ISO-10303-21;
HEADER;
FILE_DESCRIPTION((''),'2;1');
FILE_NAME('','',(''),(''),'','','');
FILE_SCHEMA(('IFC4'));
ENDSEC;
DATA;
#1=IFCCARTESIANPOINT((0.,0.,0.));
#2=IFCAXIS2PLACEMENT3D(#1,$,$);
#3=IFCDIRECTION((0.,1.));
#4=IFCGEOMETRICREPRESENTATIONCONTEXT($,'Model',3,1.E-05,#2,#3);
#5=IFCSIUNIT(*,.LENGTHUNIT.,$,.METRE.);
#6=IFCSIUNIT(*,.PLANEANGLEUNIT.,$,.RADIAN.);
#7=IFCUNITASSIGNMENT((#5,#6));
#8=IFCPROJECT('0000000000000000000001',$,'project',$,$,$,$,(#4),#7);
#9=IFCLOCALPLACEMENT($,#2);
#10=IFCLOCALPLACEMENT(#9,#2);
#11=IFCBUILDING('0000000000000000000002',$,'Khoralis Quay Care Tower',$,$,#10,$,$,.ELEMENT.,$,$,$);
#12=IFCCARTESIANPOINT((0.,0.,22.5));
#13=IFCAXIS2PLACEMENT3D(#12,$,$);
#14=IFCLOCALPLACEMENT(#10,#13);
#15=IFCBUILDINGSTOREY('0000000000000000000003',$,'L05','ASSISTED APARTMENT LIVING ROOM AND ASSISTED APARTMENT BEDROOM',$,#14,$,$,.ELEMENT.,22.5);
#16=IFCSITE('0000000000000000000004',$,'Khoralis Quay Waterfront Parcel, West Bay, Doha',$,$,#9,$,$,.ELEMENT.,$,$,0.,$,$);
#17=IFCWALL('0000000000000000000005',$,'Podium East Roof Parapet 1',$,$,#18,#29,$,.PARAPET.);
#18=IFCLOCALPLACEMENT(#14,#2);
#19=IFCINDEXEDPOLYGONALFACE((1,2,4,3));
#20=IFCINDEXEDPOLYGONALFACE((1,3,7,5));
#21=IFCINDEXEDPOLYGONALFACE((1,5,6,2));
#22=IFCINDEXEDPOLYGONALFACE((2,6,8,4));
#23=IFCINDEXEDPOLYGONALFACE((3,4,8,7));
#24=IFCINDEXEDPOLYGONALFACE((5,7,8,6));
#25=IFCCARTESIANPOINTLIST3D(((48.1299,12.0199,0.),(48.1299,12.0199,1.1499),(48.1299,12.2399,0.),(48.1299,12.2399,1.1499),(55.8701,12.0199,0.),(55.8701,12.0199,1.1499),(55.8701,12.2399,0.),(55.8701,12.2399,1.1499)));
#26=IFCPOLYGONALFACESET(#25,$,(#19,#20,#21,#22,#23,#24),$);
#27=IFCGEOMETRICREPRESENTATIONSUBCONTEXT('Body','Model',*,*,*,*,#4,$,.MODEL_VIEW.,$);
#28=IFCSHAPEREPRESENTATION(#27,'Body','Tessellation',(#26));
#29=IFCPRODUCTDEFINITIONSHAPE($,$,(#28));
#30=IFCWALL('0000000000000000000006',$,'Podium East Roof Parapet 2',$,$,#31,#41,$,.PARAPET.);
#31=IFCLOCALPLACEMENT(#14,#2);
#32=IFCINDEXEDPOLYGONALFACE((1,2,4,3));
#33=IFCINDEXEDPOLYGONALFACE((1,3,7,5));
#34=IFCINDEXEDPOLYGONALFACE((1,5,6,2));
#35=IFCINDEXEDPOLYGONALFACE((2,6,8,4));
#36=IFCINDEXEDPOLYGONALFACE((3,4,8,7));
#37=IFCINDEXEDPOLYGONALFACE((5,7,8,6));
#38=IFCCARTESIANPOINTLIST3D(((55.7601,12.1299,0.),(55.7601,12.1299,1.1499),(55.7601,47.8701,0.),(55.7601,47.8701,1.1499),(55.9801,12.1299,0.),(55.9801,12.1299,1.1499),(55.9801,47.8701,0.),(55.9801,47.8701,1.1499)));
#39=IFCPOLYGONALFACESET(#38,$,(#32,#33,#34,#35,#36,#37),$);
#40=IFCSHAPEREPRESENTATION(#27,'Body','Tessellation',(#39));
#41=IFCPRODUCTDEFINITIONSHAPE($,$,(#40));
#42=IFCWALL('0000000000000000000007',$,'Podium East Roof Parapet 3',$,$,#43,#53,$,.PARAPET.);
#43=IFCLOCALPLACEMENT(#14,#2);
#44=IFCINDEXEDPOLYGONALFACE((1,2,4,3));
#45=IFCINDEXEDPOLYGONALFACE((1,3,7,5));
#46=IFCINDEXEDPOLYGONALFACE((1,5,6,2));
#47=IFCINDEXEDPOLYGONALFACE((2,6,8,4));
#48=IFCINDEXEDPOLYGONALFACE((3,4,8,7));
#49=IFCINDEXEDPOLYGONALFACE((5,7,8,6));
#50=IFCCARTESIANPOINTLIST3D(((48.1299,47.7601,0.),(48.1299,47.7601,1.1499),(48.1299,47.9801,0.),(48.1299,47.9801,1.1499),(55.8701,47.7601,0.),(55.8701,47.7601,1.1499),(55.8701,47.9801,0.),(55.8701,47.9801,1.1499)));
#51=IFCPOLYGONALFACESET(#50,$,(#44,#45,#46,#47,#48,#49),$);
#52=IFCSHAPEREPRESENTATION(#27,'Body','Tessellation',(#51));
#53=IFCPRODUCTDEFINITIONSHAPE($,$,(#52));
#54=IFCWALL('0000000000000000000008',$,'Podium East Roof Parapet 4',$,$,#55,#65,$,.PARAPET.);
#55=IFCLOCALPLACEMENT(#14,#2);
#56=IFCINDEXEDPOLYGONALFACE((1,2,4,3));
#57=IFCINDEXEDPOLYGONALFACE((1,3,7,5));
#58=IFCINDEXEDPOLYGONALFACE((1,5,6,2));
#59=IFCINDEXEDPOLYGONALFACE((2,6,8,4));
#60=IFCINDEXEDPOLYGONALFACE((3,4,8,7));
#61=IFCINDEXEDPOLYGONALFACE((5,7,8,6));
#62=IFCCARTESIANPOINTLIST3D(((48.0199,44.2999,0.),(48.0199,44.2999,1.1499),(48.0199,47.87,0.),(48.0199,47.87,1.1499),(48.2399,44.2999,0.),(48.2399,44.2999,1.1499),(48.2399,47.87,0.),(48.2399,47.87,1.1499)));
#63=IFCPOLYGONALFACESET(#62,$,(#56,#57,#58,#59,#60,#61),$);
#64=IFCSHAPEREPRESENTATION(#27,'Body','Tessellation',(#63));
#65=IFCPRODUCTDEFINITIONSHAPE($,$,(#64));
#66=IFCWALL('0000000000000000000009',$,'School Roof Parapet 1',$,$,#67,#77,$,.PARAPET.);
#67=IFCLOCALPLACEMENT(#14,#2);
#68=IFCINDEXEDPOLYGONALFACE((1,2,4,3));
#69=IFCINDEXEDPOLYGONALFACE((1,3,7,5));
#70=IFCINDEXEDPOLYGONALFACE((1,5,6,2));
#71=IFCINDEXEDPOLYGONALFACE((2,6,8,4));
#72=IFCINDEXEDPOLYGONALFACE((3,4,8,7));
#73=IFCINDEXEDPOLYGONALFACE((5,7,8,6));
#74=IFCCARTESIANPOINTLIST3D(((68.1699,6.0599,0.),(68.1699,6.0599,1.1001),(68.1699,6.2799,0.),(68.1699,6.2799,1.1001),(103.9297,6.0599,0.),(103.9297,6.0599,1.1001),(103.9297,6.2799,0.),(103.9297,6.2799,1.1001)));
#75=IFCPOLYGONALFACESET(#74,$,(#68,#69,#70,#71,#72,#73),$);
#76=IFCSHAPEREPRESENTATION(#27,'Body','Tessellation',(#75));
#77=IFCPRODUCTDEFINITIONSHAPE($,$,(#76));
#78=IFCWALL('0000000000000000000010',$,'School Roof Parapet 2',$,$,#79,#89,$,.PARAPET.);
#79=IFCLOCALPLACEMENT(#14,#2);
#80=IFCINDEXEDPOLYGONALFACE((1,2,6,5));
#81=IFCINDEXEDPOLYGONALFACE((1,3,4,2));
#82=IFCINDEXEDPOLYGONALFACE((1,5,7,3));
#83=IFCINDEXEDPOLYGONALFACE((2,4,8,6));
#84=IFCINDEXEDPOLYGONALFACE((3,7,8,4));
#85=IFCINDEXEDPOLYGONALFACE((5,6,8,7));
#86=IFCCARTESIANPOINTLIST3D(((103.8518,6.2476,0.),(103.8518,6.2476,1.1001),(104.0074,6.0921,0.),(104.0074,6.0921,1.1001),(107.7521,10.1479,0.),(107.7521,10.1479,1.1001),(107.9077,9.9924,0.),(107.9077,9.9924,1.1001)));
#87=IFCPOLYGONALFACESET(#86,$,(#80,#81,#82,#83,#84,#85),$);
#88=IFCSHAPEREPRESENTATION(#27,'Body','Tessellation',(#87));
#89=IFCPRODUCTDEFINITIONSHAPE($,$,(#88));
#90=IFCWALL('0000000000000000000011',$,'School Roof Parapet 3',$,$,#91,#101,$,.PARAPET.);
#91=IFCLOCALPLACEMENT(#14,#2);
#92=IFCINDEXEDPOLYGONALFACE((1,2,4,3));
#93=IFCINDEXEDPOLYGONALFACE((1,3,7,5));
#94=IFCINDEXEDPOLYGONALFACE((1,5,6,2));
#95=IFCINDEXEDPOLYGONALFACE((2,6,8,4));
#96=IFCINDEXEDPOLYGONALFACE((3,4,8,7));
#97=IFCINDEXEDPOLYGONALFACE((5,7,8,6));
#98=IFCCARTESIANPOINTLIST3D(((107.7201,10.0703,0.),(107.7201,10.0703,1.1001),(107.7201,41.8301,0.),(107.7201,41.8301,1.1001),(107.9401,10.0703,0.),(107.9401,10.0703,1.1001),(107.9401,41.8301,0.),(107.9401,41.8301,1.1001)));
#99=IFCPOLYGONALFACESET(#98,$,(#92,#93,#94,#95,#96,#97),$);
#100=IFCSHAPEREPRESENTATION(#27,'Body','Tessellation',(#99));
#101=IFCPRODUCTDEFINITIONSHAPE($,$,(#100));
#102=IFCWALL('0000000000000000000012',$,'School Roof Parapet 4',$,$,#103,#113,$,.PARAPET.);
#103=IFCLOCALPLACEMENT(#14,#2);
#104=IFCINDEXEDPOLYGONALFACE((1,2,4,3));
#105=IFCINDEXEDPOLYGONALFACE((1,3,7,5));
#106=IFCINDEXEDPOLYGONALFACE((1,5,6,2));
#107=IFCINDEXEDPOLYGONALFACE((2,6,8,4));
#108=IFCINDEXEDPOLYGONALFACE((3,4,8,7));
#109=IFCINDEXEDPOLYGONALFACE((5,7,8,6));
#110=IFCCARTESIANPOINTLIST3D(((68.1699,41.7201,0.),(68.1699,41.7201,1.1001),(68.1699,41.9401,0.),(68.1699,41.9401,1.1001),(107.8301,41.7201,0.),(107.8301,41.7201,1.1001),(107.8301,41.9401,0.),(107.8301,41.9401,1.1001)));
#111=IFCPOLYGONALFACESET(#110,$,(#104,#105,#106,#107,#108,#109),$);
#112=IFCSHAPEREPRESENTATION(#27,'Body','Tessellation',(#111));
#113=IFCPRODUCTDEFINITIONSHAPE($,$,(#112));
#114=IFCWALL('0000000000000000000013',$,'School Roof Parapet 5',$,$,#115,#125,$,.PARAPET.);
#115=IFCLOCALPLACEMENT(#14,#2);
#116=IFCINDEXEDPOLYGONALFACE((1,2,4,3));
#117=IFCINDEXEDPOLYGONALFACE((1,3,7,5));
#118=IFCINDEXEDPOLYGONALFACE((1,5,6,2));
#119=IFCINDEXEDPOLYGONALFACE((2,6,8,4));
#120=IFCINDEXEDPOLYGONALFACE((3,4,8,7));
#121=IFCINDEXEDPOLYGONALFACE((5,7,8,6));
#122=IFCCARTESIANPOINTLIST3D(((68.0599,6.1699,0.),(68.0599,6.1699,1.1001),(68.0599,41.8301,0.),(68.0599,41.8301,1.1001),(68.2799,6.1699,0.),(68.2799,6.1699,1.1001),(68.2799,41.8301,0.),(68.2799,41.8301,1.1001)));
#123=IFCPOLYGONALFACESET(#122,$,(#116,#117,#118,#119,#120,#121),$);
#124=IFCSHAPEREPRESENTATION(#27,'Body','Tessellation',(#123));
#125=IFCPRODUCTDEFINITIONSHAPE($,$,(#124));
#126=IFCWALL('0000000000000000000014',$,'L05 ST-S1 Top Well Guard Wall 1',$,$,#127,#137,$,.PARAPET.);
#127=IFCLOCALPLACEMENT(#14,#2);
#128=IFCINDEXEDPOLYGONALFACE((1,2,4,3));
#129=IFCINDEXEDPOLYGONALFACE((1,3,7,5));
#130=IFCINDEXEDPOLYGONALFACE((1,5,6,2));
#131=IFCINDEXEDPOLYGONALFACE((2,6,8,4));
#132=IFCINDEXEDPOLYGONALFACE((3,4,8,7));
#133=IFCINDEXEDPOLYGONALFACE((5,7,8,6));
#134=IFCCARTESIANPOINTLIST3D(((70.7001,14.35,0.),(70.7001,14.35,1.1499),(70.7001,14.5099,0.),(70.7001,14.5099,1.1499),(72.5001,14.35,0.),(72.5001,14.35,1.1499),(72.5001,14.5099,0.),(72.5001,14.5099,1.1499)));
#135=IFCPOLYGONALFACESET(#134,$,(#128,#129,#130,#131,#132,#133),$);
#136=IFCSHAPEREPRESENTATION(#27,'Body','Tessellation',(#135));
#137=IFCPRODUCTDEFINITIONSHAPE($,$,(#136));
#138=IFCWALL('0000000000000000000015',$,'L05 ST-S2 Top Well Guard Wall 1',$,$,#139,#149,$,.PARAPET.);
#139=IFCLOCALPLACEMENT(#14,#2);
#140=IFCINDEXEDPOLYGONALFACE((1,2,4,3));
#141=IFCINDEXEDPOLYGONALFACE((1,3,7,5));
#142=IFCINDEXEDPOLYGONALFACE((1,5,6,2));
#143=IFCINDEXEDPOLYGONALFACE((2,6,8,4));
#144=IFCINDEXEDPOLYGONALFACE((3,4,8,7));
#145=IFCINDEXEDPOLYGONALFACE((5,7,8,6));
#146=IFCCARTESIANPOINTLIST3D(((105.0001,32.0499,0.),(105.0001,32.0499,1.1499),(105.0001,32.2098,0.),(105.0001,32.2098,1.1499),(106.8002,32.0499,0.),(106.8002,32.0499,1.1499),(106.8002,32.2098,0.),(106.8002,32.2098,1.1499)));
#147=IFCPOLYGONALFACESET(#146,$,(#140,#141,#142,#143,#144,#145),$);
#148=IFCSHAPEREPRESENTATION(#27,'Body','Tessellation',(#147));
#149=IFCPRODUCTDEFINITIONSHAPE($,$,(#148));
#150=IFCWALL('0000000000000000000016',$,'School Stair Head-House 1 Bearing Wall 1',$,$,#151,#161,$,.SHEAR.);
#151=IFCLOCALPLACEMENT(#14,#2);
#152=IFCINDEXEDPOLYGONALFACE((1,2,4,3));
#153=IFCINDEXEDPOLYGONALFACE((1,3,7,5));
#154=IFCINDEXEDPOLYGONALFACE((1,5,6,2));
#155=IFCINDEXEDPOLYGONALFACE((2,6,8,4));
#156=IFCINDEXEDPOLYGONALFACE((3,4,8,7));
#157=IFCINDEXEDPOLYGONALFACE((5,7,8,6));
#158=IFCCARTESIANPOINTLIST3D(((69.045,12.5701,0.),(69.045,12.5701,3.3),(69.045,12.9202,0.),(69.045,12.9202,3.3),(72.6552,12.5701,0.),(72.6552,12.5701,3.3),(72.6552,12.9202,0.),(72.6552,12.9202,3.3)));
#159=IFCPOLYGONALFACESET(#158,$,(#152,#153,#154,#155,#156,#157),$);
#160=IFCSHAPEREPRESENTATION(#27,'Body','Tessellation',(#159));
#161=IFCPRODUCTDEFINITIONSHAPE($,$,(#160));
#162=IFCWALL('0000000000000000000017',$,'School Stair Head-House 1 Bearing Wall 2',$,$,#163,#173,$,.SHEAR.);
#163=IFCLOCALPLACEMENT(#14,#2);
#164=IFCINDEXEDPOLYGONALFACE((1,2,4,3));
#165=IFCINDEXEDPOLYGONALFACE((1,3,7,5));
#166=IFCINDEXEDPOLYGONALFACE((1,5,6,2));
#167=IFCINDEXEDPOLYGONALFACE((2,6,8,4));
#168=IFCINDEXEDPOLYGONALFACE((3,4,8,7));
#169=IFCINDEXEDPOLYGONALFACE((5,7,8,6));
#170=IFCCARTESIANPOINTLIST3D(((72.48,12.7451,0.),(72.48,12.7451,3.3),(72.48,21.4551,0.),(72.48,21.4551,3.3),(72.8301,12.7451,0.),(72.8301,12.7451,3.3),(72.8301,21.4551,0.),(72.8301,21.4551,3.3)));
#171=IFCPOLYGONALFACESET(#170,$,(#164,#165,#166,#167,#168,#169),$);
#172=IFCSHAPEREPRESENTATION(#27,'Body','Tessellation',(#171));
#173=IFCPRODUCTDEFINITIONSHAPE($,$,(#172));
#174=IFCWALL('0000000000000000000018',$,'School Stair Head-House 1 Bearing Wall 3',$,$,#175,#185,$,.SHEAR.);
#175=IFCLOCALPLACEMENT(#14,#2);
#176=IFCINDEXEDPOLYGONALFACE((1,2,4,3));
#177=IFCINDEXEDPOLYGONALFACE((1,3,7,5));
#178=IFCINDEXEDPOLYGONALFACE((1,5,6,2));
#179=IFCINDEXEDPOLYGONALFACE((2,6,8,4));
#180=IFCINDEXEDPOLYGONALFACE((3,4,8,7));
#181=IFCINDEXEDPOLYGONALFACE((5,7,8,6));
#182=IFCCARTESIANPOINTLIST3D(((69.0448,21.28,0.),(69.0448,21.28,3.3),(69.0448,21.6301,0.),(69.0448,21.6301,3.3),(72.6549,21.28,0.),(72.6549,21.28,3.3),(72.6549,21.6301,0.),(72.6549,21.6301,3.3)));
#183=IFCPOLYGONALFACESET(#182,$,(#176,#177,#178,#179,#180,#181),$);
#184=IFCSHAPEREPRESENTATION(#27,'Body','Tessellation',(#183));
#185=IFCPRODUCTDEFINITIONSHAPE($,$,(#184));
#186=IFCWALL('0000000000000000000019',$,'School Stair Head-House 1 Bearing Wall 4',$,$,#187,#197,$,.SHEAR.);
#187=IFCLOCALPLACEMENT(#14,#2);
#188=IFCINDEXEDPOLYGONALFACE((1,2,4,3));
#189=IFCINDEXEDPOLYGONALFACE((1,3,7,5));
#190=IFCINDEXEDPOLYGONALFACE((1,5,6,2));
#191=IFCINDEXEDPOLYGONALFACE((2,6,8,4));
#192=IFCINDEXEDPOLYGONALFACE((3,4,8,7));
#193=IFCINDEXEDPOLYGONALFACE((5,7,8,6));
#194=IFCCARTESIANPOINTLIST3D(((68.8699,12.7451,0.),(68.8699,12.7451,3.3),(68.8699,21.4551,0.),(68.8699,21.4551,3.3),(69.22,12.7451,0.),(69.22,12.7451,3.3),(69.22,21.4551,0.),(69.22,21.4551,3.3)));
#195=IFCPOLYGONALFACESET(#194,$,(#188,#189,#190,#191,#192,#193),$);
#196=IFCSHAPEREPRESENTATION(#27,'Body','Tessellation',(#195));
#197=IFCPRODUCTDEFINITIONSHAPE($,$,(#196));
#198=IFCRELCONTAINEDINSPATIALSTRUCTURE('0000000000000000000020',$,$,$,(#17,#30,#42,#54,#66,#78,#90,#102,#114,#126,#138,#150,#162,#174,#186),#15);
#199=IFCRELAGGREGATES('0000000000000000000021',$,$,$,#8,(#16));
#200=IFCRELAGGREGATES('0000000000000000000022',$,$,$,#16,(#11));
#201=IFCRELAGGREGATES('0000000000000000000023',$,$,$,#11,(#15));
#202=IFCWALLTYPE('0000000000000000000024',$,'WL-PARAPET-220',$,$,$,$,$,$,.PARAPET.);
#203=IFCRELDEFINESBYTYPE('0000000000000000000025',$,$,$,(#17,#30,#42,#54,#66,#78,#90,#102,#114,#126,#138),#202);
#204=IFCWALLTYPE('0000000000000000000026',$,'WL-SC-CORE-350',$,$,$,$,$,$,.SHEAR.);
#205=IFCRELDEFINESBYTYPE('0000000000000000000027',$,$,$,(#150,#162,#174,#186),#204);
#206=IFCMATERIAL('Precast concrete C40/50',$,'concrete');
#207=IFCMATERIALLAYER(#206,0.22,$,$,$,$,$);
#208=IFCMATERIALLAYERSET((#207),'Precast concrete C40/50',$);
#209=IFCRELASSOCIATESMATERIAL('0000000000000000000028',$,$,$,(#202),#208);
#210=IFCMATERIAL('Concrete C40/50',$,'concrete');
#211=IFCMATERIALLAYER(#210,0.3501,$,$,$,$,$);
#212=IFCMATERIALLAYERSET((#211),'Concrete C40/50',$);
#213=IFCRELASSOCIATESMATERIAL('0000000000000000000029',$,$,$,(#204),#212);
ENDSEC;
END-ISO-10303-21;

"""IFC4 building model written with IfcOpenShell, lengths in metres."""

from ifc_helpers import new_model, si_unit, direction, frame, frame_2d, origin, place, context, subcontext, project, spatial, rectangle, extrude, material, layer, layer_set, type_object, element, save


model = new_model("IFC4")

# Units and contexts
model_context = context("Model", 3, precision=1e-05, world=origin(), true_north=direction((0.0, 1.0)))
body_context = subcontext(model_context, "Body", "Model", "MODEL_VIEW")
ifc_project = project(units=[si_unit("LENGTHUNIT", "METRE"), si_unit("PLANEANGLEUNIT", "RADIAN")], contexts=[model_context])

# Site, building, storey
site_placement = place(None, origin())
site = spatial("IfcSite", under=ifc_project, at=site_placement, Name="Khoralis Quay Waterfront Parcel, West Bay, Doha", CompositionType="ELEMENT", RefElevation=0.0)
building_placement = place(site_placement, origin())
building = spatial("IfcBuilding", under=site, at=building_placement, Name="Khoralis Quay Care Tower", CompositionType="ELEMENT")
storey_placement = place(building_placement, frame((0.0, 0.0, 22.5)))
storey = spatial("IfcBuildingStorey", under=building, at=storey_placement, Name="L05", Description="ASSISTED APARTMENT LIVING ROOM AND ASSISTED APARTMENT BEDROOM", CompositionType="ELEMENT", Elevation=22.5)

# Walls
ifc_material_1 = material(Name="Precast concrete C40/50", Category="concrete")
ifc_layer_1 = layer(ifc_material_1, 0.22)
ifc_layer_set_1 = layer_set([ifc_layer_1], Name="Precast concrete C40/50")
wall_type_1 = type_object("IfcWallType", Name="WL-PARAPET-220", PredefinedType="PARAPET", material=ifc_layer_set_1)
wall_1_placement = place(storey_placement, frame((48.1299, 12.1299, 0.0), z_axis=(0.0, 0.0, 1.0), x_axis=(1.0, 0.0, 0.0)))
element("IfcWall", 1, at=wall_1_placement, inside=storey, type_object=wall_type_1, Name="Podium East Roof Parapet 1", PredefinedType="PARAPET", context=body_context, shape_type="SweptSolid", body=[
    extrude(rectangle(XDim=7.7402, YDim=0.22, at=frame_2d((3.8701, 0.0))), origin(), (0.0, 0.0, 1.0), 1.1499),
])
wall_2_placement = place(storey_placement, frame((55.8701, 12.1299, 0.0), z_axis=(0.0, 0.0, 1.0), x_axis=(0.0, 1.0, 0.0)))
element("IfcWall", 2, at=wall_2_placement, inside=storey, type_object=wall_type_1, Name="Podium East Roof Parapet 2", PredefinedType="PARAPET", context=body_context, shape_type="SweptSolid", body=[
    extrude(rectangle(XDim=35.7402, YDim=0.22, at=frame_2d((17.8701, 0.0))), origin(), (0.0, 0.0, 1.0), 1.1499),
])
wall_3_placement = place(storey_placement, frame((55.8701, 47.8701, 0.0), z_axis=(0.0, 0.0, 1.0), x_axis=(-1.0, 0.0, 0.0)))
element("IfcWall", 3, at=wall_3_placement, inside=storey, type_object=wall_type_1, Name="Podium East Roof Parapet 3", PredefinedType="PARAPET", context=body_context, shape_type="SweptSolid", body=[
    extrude(rectangle(XDim=7.7402, YDim=0.22, at=frame_2d((3.8701, 0.0))), origin(), (0.0, 0.0, 1.0), 1.1499),
])
wall_4_placement = place(storey_placement, frame((48.1299, 47.8701, 0.0), z_axis=(0.0, 0.0, 1.0), x_axis=(0.0, -1.0, 0.0)))
element("IfcWall", 4, at=wall_4_placement, inside=storey, type_object=wall_type_1, Name="Podium East Roof Parapet 4", PredefinedType="PARAPET", context=body_context, shape_type="SweptSolid", body=[
    extrude(rectangle(XDim=3.5701, YDim=0.22, at=frame_2d((1.7852, 0.0))), origin(), (0.0, 0.0, 1.0), 1.1499),
])
wall_5_placement = place(storey_placement, frame((68.1699, 6.1699, 0.0), z_axis=(0.0, 0.0, 1.0), x_axis=(1.0, 0.0, 0.0)))
element("IfcWall", 5, at=wall_5_placement, inside=storey, type_object=wall_type_1, Name="School Roof Parapet 1", PredefinedType="PARAPET", context=body_context, shape_type="SweptSolid", body=[
    extrude(rectangle(XDim=35.7598, YDim=0.22, at=frame_2d((17.8799, 0.0))), origin(), (0.0, 0.0, 1.0), 1.1001),
])
wall_6_placement = place(storey_placement, frame((103.9297, 6.1699, 0.0), z_axis=(0.0, 0.0, 1.0), x_axis=(0.707107, 0.707107, 0.0)))
element("IfcWall", 6, at=wall_6_placement, inside=storey, type_object=wall_type_1, Name="School Roof Parapet 2", PredefinedType="PARAPET", context=body_context, shape_type="SweptSolid", body=[
    extrude(rectangle(XDim=5.5159, YDim=0.22, at=frame_2d((2.7578, 0.0))), origin(), (0.0, 0.0, 1.0), 1.1001),
])
wall_7_placement = place(storey_placement, frame((107.8301, 10.0703, 0.0), z_axis=(0.0, 0.0, 1.0), x_axis=(0.0, 1.0, 0.0)))
element("IfcWall", 7, at=wall_7_placement, inside=storey, type_object=wall_type_1, Name="School Roof Parapet 3", PredefinedType="PARAPET", context=body_context, shape_type="SweptSolid", body=[
    extrude(rectangle(XDim=31.7598, YDim=0.22, at=frame_2d((15.8799, 0.0))), origin(), (0.0, 0.0, 1.0), 1.1001),
])
wall_8_placement = place(storey_placement, frame((107.8301, 41.8301, 0.0), z_axis=(0.0, 0.0, 1.0), x_axis=(-1.0, 0.0, 0.0)))
element("IfcWall", 8, at=wall_8_placement, inside=storey, type_object=wall_type_1, Name="School Roof Parapet 4", PredefinedType="PARAPET", context=body_context, shape_type="SweptSolid", body=[
    extrude(rectangle(XDim=39.6602, YDim=0.22, at=frame_2d((19.8301, 0.0))), origin(), (0.0, 0.0, 1.0), 1.1001),
])
wall_9_placement = place(storey_placement, frame((68.1699, 41.8301, 0.0), z_axis=(0.0, 0.0, 1.0), x_axis=(0.0, -1.0, 0.0)))
element("IfcWall", 9, at=wall_9_placement, inside=storey, type_object=wall_type_1, Name="School Roof Parapet 5", PredefinedType="PARAPET", context=body_context, shape_type="SweptSolid", body=[
    extrude(rectangle(XDim=35.6602, YDim=0.22, at=frame_2d((17.8301, 0.0))), origin(), (0.0, 0.0, 1.0), 1.1001),
])
for number, where, z_axis, x_axis, name in (
    (10, (72.5, 14.4299, 0.0), (0.0, 0.0, 1.0), (-1.0, 0.0, 0.0), "L05 ST-S1 Top Well Guard Wall 1"),
    (11, (106.8, 32.1299, 0.0), (0.0, 0.0, 1.0), (-1.0, 0.0, 0.0), "L05 ST-S2 Top Well Guard Wall 1"),
):
    element("IfcWall", number, at=place(storey_placement, frame(where, z_axis=z_axis, x_axis=x_axis)), inside=storey, type_object=wall_type_1, Name=name, PredefinedType="PARAPET", context=body_context, shape_type="SweptSolid", body=[
        extrude(rectangle(XDim=1.8, YDim=0.1599, at=frame_2d((0.8999, 0.0))), origin(), (0.0, 0.0, 1.0), 1.1499),
    ])
ifc_material_2 = material(Name="Concrete C40/50", Category="concrete")
ifc_layer_2 = layer(ifc_material_2, 0.3501)
ifc_layer_set_2 = layer_set([ifc_layer_2], Name="Concrete C40/50")
wall_type_2 = type_object("IfcWallType", Name="WL-SC-CORE-350", PredefinedType="SHEAR", material=ifc_layer_set_2)
wall_10_placement = place(storey_placement, frame((69.0449, 12.7451, 0.0), z_axis=(0.0, 0.0, 1.0), x_axis=(1.0, 0.0, 0.0)))
element("IfcWall", 12, at=wall_10_placement, inside=storey, type_object=wall_type_2, Name="School Stair Head-House 1 Bearing Wall 1", PredefinedType="SHEAR", context=body_context, shape_type="SweptSolid", body=[
    extrude(rectangle(XDim=3.6101, YDim=0.3501, at=frame_2d((1.8052, 0.0))), origin(), (0.0, 0.0, 1.0), 3.3),
])
wall_11_placement = place(storey_placement, frame((72.655, 12.7451, 0.0), z_axis=(0.0, 0.0, 1.0), x_axis=(0.0, 1.0, 0.0)))
element("IfcWall", 13, at=wall_11_placement, inside=storey, type_object=wall_type_2, Name="School Stair Head-House 1 Bearing Wall 2", PredefinedType="SHEAR", context=body_context, shape_type="SweptSolid", body=[
    extrude(rectangle(XDim=8.71, YDim=0.3501, at=frame_2d((4.355, 0.0))), origin(), (0.0, 0.0, 1.0), 3.3),
])
wall_12_placement = place(storey_placement, frame((72.655, 21.4551, 0.0), z_axis=(0.0, 0.0, 1.0), x_axis=(-1.0, 0.0, 0.0)))
element("IfcWall", 14, at=wall_12_placement, inside=storey, type_object=wall_type_2, Name="School Stair Head-House 1 Bearing Wall 3", PredefinedType="SHEAR", context=body_context, shape_type="SweptSolid", body=[
    extrude(rectangle(XDim=3.6101, YDim=0.3501, at=frame_2d((1.8052, 0.0))), origin(), (0.0, 0.0, 1.0), 3.3),
])
wall_13_placement = place(storey_placement, frame((69.0449, 21.4551, 0.0), z_axis=(0.0, 0.0, 1.0), x_axis=(0.0, -1.0, 0.0)))
element("IfcWall", 15, at=wall_13_placement, inside=storey, type_object=wall_type_2, Name="School Stair Head-House 1 Bearing Wall 4", PredefinedType="SHEAR", context=body_context, shape_type="SweptSolid", body=[
    extrude(rectangle(XDim=8.71, YDim=0.3501, at=frame_2d((4.355, 0.0))), origin(), (0.0, 0.0, 1.0), 3.3),
])

save(model, "model.ifc")
